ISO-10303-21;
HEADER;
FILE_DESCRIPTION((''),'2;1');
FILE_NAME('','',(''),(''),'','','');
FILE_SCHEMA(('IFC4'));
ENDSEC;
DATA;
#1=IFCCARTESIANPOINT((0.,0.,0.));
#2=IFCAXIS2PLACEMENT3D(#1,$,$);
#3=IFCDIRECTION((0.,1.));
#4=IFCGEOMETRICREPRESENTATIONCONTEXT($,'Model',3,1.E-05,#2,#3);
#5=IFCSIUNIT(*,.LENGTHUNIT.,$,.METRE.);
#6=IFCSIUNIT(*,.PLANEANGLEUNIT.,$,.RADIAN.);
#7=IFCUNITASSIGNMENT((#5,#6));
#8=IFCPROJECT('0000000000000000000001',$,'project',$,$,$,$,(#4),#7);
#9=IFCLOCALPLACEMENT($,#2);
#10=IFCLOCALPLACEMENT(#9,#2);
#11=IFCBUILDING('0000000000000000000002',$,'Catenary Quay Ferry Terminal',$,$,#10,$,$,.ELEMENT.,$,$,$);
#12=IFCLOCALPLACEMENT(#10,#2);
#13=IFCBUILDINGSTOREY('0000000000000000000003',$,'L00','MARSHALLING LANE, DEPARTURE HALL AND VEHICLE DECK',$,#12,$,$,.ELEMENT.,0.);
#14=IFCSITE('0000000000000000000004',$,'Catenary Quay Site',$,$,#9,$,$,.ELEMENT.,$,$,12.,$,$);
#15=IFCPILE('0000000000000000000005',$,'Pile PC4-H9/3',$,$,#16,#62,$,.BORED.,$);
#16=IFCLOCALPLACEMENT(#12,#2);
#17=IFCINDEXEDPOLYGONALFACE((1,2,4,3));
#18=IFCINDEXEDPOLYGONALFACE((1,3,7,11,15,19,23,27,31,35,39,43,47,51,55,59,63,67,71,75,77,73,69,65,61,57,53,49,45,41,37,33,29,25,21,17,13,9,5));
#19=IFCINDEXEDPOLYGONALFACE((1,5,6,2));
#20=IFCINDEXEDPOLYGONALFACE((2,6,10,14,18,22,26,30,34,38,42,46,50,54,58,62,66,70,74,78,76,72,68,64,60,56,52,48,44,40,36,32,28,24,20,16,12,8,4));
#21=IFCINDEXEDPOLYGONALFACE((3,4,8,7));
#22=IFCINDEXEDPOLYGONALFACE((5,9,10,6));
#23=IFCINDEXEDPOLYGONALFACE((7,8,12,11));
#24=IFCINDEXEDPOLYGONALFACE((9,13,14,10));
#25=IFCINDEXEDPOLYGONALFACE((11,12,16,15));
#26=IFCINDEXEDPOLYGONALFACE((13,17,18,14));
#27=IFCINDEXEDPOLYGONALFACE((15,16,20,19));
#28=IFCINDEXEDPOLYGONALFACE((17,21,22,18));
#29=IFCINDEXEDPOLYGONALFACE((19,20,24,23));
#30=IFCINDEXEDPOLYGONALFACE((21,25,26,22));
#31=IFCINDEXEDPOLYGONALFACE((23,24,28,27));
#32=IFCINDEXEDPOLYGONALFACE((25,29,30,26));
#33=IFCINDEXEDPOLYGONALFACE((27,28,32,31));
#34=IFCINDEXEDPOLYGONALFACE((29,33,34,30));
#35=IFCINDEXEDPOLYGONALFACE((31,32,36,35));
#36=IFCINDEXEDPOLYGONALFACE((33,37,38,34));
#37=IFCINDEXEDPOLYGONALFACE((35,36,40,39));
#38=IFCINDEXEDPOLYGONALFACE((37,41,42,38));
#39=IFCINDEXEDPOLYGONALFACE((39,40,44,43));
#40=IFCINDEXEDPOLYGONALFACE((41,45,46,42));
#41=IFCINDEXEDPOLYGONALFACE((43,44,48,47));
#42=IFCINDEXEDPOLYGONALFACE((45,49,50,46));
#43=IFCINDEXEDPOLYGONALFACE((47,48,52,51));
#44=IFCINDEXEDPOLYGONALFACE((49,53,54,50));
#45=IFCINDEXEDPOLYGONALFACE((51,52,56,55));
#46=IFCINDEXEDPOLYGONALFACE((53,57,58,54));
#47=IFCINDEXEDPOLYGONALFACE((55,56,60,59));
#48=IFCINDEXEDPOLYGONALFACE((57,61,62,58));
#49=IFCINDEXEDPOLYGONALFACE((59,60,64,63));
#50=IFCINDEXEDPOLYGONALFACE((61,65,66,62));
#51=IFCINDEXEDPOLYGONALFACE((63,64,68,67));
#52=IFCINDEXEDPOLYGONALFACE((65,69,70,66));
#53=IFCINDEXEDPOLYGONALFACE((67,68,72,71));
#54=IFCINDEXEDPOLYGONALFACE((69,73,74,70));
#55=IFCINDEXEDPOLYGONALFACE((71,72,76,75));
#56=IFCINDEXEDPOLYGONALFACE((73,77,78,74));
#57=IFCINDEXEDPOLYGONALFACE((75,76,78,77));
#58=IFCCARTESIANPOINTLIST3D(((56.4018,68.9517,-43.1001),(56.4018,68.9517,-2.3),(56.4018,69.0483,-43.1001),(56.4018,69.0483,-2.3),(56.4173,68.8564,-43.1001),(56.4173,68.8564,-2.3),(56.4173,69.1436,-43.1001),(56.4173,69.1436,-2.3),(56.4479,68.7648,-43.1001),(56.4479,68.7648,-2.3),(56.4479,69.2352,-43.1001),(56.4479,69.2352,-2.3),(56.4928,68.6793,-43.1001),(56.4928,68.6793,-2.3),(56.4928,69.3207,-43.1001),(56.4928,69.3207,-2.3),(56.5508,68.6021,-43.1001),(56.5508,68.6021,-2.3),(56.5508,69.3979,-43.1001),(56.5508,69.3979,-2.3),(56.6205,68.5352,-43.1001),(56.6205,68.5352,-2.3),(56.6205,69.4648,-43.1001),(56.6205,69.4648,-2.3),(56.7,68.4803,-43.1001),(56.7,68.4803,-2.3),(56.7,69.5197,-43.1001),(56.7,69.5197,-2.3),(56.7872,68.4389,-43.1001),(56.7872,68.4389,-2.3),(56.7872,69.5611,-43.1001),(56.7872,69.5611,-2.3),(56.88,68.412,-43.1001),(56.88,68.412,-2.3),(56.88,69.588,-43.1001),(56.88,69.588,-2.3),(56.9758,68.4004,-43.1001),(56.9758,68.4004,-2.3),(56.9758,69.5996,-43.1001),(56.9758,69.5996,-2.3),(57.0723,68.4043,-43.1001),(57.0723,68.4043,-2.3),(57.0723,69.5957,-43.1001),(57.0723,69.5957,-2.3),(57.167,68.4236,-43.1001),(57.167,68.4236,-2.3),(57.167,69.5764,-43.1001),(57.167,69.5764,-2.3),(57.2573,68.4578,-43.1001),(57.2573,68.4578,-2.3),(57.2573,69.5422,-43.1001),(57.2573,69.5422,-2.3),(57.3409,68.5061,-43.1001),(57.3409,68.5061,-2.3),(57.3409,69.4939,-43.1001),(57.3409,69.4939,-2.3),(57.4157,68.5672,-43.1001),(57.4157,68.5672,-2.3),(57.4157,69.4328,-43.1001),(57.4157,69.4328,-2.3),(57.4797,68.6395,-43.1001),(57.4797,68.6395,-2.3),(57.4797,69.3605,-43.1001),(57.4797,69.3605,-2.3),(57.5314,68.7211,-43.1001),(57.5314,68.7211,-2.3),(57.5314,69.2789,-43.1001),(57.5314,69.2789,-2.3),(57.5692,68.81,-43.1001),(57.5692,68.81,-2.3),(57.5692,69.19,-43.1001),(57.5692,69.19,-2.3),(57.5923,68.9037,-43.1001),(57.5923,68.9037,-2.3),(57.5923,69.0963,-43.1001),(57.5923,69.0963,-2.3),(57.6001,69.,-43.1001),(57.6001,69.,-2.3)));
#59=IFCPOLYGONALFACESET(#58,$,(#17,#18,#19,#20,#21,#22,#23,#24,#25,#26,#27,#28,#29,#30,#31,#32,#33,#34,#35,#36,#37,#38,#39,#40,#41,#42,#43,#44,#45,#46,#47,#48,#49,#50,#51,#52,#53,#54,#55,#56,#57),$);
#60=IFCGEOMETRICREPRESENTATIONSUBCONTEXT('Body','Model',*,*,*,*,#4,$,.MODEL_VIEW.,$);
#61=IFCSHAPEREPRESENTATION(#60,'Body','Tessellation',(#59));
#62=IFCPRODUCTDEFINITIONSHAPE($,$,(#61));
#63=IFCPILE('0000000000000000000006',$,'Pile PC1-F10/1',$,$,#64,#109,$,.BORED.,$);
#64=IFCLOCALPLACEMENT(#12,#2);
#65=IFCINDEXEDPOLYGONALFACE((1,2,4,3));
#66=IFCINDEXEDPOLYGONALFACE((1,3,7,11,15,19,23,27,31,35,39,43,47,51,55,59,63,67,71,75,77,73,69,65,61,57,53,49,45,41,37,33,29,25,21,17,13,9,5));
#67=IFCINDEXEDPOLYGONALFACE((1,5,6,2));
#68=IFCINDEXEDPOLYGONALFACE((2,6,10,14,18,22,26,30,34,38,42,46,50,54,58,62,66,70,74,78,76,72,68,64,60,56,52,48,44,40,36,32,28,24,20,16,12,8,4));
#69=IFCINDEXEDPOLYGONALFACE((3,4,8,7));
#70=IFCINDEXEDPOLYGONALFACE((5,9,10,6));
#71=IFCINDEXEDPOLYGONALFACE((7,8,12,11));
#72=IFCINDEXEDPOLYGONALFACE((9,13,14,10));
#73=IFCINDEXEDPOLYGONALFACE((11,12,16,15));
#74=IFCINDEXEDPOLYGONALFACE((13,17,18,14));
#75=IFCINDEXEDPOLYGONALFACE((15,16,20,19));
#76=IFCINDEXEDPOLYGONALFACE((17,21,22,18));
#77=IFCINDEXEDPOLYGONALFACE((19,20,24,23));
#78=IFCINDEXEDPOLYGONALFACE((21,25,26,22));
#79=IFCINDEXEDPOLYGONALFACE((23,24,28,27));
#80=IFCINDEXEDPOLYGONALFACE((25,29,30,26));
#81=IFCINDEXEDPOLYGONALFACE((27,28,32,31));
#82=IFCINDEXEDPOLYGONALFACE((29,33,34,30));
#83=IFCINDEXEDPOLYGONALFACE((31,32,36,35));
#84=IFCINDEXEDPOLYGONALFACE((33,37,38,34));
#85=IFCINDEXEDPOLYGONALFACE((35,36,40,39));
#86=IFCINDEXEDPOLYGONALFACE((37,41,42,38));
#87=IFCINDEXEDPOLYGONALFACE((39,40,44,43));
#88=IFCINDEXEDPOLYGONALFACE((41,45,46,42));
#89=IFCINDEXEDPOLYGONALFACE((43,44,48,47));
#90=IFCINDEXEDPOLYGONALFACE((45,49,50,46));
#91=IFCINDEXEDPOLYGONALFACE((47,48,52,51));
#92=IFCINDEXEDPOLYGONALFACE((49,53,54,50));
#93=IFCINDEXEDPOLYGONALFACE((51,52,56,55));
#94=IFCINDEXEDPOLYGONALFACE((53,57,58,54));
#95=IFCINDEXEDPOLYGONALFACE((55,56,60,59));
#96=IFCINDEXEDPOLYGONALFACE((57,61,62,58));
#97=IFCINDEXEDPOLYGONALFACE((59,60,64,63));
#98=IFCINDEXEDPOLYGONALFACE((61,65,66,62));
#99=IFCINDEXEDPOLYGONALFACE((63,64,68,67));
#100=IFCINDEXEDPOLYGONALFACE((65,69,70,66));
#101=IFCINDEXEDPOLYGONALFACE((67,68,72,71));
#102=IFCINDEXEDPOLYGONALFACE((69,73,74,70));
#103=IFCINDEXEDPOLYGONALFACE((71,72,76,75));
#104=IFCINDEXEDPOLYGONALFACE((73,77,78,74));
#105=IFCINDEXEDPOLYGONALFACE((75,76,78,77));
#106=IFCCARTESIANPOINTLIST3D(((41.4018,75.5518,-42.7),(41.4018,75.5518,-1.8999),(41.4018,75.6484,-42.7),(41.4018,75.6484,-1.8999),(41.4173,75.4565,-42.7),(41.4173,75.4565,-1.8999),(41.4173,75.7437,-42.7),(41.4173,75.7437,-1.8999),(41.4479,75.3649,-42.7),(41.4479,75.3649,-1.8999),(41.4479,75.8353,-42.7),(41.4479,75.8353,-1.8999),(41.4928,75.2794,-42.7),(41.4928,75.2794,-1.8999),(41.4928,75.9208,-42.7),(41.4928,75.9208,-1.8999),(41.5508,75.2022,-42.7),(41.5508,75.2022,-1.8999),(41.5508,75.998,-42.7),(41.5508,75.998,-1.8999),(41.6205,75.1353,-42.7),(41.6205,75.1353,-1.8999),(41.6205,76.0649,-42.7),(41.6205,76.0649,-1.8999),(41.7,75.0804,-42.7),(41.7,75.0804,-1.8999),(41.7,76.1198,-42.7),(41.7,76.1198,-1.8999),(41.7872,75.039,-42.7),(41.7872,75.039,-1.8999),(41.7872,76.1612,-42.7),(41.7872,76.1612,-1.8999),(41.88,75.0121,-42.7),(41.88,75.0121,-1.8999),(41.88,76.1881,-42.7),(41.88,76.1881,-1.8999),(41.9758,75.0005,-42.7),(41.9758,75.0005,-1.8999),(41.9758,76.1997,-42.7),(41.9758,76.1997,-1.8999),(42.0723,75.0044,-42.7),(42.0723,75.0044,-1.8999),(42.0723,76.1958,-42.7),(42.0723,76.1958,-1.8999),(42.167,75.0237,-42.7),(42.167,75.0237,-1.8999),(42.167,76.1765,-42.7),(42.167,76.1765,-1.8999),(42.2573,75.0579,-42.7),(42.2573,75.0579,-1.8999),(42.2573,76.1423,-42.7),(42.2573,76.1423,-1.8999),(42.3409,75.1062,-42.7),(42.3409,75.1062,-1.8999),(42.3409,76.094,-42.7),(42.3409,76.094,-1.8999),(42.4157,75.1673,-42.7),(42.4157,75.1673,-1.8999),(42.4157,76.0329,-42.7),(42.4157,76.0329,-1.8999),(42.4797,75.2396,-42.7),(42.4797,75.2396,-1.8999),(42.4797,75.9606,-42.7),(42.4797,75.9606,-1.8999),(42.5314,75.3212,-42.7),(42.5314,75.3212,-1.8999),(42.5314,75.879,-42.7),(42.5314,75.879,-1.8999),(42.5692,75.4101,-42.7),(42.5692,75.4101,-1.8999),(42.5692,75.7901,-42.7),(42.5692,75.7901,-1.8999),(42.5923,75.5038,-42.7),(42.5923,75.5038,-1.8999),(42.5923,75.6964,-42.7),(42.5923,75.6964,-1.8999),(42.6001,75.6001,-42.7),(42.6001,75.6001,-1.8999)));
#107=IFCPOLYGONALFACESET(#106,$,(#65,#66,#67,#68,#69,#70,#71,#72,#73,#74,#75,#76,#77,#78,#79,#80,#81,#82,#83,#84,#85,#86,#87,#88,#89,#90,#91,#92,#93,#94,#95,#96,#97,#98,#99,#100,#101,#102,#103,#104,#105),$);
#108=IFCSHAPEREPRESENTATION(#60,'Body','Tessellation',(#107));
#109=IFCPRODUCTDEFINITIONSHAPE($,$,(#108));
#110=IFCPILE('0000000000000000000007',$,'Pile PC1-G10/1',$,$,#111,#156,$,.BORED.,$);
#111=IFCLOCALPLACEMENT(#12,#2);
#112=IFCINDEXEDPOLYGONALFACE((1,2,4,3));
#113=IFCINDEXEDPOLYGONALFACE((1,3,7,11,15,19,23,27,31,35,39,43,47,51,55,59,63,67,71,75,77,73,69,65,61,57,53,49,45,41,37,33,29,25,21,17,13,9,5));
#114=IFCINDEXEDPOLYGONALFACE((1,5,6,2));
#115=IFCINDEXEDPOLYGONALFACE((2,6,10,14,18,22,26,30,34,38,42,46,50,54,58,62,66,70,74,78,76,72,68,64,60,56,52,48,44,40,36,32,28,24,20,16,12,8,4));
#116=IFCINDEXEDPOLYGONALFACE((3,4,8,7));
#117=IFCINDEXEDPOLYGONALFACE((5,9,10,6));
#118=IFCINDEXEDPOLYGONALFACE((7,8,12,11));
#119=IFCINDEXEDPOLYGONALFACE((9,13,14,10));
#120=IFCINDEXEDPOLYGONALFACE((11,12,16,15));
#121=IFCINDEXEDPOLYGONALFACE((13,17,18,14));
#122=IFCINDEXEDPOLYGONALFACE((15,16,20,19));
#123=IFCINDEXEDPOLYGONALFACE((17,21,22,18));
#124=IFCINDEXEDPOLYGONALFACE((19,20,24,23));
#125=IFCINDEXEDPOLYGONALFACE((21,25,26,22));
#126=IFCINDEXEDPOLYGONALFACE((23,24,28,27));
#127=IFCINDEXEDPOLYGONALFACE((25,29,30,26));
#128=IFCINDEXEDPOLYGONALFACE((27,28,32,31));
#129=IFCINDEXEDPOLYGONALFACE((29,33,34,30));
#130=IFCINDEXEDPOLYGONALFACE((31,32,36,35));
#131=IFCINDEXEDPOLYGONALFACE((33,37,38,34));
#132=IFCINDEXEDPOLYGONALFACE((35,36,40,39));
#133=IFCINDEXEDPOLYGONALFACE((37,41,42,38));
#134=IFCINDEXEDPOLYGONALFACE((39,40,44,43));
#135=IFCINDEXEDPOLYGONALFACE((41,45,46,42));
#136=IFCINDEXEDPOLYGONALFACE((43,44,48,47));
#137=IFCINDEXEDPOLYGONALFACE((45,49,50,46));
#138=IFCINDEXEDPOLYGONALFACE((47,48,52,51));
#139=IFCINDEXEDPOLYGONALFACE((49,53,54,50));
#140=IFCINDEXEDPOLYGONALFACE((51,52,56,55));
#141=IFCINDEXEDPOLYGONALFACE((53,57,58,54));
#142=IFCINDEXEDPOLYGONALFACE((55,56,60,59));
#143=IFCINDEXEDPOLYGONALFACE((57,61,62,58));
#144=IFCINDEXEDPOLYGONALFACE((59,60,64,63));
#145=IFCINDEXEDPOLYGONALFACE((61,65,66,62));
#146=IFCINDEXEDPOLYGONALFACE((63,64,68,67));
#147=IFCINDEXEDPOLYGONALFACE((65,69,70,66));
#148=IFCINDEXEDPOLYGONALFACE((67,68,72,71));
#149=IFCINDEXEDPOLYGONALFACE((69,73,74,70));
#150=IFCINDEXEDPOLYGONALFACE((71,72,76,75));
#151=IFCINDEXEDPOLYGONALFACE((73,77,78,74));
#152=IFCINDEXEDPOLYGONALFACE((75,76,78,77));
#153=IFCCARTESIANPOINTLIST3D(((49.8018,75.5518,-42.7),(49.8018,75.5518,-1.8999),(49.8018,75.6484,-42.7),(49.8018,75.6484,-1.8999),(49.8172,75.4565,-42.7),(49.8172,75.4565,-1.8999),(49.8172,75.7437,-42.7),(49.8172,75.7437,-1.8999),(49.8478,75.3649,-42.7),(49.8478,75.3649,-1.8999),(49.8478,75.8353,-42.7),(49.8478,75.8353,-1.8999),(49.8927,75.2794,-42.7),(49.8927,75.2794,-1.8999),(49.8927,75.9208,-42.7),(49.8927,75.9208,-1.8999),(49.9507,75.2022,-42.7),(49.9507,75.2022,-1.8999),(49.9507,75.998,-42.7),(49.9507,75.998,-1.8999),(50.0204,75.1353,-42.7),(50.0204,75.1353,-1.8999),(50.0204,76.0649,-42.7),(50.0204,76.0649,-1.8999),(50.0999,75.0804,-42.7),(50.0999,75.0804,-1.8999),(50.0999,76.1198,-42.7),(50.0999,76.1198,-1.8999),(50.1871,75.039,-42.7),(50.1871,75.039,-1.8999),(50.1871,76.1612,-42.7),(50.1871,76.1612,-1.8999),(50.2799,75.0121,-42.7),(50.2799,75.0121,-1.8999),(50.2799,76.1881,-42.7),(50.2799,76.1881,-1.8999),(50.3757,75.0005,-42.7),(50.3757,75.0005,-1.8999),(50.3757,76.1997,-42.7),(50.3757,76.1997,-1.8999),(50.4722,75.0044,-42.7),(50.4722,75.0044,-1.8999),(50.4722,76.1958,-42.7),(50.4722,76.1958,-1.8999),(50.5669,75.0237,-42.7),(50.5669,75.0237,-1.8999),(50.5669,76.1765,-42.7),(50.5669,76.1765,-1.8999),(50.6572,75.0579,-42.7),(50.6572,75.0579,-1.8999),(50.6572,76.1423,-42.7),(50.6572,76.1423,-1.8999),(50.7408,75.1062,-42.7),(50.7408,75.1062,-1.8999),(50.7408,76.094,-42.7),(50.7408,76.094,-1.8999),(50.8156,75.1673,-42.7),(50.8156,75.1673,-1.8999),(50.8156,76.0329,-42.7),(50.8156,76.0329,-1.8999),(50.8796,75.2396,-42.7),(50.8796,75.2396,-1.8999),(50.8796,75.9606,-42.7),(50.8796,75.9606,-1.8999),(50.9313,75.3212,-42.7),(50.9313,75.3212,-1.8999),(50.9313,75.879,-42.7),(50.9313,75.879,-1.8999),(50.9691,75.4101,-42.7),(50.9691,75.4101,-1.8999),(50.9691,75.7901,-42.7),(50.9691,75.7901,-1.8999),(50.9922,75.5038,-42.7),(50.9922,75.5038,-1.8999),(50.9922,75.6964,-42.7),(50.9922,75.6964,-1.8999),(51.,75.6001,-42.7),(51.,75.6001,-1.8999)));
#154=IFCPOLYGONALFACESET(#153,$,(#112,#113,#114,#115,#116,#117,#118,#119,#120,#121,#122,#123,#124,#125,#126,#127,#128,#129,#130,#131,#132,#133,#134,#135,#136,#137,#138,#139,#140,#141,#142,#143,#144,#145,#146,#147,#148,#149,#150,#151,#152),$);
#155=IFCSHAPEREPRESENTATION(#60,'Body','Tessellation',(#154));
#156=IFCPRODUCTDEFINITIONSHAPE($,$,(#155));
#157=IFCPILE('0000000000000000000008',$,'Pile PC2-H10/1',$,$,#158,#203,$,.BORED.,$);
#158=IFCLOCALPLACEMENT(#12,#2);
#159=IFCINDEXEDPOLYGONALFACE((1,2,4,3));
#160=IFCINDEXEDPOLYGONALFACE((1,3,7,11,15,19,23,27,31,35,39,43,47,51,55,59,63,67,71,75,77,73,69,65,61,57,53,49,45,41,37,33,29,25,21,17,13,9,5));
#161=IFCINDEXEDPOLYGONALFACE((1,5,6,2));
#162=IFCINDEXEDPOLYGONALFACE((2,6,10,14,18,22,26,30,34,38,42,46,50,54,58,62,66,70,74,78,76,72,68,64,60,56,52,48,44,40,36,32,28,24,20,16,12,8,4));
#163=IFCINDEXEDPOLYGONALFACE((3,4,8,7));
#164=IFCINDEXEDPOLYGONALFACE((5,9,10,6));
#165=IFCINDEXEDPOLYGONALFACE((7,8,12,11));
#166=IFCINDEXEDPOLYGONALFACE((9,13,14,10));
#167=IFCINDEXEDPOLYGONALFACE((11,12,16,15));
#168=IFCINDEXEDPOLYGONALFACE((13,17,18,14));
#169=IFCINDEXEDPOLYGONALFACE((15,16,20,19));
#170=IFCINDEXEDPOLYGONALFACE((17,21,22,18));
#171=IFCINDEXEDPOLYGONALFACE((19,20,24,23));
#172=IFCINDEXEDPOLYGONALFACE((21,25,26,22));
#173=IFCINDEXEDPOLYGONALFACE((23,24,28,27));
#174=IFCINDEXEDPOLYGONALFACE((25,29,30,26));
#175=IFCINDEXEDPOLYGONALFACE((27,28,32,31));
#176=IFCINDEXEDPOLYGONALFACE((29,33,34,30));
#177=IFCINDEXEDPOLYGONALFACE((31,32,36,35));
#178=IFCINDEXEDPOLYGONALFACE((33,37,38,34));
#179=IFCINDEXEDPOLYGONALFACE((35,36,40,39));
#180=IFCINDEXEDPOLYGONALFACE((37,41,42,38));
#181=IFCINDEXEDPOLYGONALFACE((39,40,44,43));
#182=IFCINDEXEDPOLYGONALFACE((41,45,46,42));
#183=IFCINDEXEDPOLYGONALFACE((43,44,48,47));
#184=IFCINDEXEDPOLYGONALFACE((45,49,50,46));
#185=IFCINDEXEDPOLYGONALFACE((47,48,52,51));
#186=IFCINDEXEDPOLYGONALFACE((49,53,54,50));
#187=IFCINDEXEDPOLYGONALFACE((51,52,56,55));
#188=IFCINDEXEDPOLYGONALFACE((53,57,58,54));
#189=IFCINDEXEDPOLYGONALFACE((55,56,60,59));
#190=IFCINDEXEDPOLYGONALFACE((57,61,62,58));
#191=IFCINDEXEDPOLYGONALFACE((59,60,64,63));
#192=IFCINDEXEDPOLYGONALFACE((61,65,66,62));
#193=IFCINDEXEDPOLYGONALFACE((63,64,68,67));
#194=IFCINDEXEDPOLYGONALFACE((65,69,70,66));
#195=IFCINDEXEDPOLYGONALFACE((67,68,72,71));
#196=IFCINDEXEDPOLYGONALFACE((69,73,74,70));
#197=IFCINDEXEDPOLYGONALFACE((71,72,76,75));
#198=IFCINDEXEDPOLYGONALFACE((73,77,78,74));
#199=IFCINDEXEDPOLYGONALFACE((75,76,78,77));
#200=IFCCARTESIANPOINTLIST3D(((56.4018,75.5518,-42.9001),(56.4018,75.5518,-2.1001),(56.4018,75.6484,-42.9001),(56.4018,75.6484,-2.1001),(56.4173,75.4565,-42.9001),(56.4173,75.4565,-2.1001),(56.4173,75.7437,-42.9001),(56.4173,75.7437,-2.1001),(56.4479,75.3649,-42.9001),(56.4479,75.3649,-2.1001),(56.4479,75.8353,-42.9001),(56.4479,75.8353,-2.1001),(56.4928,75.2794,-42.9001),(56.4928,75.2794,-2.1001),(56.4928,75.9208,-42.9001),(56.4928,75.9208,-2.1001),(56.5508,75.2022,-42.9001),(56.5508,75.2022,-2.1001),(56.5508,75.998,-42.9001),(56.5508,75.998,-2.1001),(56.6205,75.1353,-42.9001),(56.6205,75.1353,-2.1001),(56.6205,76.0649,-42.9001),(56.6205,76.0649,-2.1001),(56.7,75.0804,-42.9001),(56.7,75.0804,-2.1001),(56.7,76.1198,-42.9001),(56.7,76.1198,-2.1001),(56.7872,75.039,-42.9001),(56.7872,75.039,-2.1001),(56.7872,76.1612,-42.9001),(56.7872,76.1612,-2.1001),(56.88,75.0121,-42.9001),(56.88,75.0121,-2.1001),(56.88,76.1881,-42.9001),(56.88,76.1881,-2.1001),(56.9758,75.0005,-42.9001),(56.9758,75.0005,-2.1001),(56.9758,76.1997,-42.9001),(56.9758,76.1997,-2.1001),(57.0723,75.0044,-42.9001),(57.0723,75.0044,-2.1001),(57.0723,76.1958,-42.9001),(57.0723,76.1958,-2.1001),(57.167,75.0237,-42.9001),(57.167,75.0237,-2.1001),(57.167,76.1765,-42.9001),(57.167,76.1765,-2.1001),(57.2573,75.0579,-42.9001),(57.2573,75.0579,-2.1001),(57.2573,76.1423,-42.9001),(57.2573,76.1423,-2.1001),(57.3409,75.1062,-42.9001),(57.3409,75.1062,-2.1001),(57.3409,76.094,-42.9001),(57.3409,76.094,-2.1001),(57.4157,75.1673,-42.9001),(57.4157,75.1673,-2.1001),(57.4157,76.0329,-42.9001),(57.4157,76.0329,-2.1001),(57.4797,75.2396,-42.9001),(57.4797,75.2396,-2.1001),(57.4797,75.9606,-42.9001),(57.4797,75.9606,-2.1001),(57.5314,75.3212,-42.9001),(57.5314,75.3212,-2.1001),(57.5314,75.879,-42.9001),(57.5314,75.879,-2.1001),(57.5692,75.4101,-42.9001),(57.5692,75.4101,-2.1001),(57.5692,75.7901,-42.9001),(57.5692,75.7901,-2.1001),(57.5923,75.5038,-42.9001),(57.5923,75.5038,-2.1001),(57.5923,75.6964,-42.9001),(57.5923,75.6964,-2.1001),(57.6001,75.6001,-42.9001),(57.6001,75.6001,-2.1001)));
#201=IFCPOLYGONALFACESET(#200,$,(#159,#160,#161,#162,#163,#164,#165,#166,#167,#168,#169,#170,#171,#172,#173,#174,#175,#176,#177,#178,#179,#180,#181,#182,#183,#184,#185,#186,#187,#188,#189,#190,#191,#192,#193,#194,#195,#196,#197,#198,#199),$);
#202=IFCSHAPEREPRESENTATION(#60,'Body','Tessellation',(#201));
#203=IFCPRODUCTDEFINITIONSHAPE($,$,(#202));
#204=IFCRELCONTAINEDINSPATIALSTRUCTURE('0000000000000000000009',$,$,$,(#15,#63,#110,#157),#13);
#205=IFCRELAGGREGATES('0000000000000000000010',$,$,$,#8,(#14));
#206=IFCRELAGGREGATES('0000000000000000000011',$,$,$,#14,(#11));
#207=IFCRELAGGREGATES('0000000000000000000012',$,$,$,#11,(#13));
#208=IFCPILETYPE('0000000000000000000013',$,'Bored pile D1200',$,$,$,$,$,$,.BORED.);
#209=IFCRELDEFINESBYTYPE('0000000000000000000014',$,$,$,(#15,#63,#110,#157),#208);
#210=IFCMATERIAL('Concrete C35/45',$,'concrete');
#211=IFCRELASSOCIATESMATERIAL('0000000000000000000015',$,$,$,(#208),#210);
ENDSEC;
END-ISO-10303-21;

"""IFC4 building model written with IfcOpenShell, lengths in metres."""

from ifc_helpers import new_model, si_unit, direction, frame, origin, origin_2d, place, context, subcontext, project, spatial, circle, extrude, material, material_profile, profile_set, type_object, element, save


model = new_model("IFC4")

# Units and contexts
model_context = context("Model", 3, precision=1e-05, world=origin(), true_north=direction((0.0, 1.0)))
body_context = subcontext(model_context, "Body", "Model", "MODEL_VIEW")
ifc_project = project(units=[si_unit("LENGTHUNIT", "METRE"), si_unit("PLANEANGLEUNIT", "RADIAN")], contexts=[model_context])

# Site, building, storey
site_placement = place(None, origin())
site = spatial("IfcSite", under=ifc_project, at=site_placement, Name="Catenary Quay Site", CompositionType="ELEMENT", RefElevation=12.0)
building_placement = place(site_placement, origin())
building = spatial("IfcBuilding", under=site, at=building_placement, Name="Catenary Quay Ferry Terminal", CompositionType="ELEMENT")
storey_placement = place(building_placement, origin())
storey = spatial("IfcBuildingStorey", under=building, at=storey_placement, Name="L00", Description="MARSHALLING LANE, DEPARTURE HALL AND VEHICLE DECK", CompositionType="ELEMENT", Elevation=0.0)

# Piles
ifc_material_1 = material(Name="Concrete C35/45", Category="concrete")
ifc_material_profile = material_profile(ifc_material_1, circle(Radius=0.6001, at=origin_2d()), Name="D1200")
ifc_profile_set = profile_set([ifc_material_profile], Name="Concrete C35/45")
pile_type = type_object("IfcPileType", Name="Bored pile D1200", PredefinedType="BORED", material=ifc_profile_set)
for number, where, z_axis, x_axis, name in (
    (1, (57.0, 69.0, -2.3), (0.0, 0.0, -1.0), (1.0, 0.0, 0.0), "Pile PC4-H9/3"),
    (2, (42.0, 75.6001, -1.8999), (0.0, 0.0, -1.0), (1.0, 0.0, 0.0), "Pile PC1-F10/1"),
    (3, (50.3999, 75.6001, -1.8999), (0.0, 0.0, -1.0), (1.0, 0.0, 0.0), "Pile PC1-G10/1"),
    (4, (57.0, 75.6001, -2.1001), (0.0, 0.0, -1.0), (1.0, 0.0, 0.0), "Pile PC2-H10/1"),
):
    element("IfcPile", number, at=place(storey_placement, frame(where, z_axis=z_axis, x_axis=x_axis)), inside=storey, type_object=pile_type, Name=name, PredefinedType="BORED", context=body_context, shape_type="SweptSolid", body=[
        extrude(circle(Radius=0.6001, at=origin_2d()), origin(), (0.0, 0.0, 1.0), 40.8),
    ])

save(model, "model.ifc")
